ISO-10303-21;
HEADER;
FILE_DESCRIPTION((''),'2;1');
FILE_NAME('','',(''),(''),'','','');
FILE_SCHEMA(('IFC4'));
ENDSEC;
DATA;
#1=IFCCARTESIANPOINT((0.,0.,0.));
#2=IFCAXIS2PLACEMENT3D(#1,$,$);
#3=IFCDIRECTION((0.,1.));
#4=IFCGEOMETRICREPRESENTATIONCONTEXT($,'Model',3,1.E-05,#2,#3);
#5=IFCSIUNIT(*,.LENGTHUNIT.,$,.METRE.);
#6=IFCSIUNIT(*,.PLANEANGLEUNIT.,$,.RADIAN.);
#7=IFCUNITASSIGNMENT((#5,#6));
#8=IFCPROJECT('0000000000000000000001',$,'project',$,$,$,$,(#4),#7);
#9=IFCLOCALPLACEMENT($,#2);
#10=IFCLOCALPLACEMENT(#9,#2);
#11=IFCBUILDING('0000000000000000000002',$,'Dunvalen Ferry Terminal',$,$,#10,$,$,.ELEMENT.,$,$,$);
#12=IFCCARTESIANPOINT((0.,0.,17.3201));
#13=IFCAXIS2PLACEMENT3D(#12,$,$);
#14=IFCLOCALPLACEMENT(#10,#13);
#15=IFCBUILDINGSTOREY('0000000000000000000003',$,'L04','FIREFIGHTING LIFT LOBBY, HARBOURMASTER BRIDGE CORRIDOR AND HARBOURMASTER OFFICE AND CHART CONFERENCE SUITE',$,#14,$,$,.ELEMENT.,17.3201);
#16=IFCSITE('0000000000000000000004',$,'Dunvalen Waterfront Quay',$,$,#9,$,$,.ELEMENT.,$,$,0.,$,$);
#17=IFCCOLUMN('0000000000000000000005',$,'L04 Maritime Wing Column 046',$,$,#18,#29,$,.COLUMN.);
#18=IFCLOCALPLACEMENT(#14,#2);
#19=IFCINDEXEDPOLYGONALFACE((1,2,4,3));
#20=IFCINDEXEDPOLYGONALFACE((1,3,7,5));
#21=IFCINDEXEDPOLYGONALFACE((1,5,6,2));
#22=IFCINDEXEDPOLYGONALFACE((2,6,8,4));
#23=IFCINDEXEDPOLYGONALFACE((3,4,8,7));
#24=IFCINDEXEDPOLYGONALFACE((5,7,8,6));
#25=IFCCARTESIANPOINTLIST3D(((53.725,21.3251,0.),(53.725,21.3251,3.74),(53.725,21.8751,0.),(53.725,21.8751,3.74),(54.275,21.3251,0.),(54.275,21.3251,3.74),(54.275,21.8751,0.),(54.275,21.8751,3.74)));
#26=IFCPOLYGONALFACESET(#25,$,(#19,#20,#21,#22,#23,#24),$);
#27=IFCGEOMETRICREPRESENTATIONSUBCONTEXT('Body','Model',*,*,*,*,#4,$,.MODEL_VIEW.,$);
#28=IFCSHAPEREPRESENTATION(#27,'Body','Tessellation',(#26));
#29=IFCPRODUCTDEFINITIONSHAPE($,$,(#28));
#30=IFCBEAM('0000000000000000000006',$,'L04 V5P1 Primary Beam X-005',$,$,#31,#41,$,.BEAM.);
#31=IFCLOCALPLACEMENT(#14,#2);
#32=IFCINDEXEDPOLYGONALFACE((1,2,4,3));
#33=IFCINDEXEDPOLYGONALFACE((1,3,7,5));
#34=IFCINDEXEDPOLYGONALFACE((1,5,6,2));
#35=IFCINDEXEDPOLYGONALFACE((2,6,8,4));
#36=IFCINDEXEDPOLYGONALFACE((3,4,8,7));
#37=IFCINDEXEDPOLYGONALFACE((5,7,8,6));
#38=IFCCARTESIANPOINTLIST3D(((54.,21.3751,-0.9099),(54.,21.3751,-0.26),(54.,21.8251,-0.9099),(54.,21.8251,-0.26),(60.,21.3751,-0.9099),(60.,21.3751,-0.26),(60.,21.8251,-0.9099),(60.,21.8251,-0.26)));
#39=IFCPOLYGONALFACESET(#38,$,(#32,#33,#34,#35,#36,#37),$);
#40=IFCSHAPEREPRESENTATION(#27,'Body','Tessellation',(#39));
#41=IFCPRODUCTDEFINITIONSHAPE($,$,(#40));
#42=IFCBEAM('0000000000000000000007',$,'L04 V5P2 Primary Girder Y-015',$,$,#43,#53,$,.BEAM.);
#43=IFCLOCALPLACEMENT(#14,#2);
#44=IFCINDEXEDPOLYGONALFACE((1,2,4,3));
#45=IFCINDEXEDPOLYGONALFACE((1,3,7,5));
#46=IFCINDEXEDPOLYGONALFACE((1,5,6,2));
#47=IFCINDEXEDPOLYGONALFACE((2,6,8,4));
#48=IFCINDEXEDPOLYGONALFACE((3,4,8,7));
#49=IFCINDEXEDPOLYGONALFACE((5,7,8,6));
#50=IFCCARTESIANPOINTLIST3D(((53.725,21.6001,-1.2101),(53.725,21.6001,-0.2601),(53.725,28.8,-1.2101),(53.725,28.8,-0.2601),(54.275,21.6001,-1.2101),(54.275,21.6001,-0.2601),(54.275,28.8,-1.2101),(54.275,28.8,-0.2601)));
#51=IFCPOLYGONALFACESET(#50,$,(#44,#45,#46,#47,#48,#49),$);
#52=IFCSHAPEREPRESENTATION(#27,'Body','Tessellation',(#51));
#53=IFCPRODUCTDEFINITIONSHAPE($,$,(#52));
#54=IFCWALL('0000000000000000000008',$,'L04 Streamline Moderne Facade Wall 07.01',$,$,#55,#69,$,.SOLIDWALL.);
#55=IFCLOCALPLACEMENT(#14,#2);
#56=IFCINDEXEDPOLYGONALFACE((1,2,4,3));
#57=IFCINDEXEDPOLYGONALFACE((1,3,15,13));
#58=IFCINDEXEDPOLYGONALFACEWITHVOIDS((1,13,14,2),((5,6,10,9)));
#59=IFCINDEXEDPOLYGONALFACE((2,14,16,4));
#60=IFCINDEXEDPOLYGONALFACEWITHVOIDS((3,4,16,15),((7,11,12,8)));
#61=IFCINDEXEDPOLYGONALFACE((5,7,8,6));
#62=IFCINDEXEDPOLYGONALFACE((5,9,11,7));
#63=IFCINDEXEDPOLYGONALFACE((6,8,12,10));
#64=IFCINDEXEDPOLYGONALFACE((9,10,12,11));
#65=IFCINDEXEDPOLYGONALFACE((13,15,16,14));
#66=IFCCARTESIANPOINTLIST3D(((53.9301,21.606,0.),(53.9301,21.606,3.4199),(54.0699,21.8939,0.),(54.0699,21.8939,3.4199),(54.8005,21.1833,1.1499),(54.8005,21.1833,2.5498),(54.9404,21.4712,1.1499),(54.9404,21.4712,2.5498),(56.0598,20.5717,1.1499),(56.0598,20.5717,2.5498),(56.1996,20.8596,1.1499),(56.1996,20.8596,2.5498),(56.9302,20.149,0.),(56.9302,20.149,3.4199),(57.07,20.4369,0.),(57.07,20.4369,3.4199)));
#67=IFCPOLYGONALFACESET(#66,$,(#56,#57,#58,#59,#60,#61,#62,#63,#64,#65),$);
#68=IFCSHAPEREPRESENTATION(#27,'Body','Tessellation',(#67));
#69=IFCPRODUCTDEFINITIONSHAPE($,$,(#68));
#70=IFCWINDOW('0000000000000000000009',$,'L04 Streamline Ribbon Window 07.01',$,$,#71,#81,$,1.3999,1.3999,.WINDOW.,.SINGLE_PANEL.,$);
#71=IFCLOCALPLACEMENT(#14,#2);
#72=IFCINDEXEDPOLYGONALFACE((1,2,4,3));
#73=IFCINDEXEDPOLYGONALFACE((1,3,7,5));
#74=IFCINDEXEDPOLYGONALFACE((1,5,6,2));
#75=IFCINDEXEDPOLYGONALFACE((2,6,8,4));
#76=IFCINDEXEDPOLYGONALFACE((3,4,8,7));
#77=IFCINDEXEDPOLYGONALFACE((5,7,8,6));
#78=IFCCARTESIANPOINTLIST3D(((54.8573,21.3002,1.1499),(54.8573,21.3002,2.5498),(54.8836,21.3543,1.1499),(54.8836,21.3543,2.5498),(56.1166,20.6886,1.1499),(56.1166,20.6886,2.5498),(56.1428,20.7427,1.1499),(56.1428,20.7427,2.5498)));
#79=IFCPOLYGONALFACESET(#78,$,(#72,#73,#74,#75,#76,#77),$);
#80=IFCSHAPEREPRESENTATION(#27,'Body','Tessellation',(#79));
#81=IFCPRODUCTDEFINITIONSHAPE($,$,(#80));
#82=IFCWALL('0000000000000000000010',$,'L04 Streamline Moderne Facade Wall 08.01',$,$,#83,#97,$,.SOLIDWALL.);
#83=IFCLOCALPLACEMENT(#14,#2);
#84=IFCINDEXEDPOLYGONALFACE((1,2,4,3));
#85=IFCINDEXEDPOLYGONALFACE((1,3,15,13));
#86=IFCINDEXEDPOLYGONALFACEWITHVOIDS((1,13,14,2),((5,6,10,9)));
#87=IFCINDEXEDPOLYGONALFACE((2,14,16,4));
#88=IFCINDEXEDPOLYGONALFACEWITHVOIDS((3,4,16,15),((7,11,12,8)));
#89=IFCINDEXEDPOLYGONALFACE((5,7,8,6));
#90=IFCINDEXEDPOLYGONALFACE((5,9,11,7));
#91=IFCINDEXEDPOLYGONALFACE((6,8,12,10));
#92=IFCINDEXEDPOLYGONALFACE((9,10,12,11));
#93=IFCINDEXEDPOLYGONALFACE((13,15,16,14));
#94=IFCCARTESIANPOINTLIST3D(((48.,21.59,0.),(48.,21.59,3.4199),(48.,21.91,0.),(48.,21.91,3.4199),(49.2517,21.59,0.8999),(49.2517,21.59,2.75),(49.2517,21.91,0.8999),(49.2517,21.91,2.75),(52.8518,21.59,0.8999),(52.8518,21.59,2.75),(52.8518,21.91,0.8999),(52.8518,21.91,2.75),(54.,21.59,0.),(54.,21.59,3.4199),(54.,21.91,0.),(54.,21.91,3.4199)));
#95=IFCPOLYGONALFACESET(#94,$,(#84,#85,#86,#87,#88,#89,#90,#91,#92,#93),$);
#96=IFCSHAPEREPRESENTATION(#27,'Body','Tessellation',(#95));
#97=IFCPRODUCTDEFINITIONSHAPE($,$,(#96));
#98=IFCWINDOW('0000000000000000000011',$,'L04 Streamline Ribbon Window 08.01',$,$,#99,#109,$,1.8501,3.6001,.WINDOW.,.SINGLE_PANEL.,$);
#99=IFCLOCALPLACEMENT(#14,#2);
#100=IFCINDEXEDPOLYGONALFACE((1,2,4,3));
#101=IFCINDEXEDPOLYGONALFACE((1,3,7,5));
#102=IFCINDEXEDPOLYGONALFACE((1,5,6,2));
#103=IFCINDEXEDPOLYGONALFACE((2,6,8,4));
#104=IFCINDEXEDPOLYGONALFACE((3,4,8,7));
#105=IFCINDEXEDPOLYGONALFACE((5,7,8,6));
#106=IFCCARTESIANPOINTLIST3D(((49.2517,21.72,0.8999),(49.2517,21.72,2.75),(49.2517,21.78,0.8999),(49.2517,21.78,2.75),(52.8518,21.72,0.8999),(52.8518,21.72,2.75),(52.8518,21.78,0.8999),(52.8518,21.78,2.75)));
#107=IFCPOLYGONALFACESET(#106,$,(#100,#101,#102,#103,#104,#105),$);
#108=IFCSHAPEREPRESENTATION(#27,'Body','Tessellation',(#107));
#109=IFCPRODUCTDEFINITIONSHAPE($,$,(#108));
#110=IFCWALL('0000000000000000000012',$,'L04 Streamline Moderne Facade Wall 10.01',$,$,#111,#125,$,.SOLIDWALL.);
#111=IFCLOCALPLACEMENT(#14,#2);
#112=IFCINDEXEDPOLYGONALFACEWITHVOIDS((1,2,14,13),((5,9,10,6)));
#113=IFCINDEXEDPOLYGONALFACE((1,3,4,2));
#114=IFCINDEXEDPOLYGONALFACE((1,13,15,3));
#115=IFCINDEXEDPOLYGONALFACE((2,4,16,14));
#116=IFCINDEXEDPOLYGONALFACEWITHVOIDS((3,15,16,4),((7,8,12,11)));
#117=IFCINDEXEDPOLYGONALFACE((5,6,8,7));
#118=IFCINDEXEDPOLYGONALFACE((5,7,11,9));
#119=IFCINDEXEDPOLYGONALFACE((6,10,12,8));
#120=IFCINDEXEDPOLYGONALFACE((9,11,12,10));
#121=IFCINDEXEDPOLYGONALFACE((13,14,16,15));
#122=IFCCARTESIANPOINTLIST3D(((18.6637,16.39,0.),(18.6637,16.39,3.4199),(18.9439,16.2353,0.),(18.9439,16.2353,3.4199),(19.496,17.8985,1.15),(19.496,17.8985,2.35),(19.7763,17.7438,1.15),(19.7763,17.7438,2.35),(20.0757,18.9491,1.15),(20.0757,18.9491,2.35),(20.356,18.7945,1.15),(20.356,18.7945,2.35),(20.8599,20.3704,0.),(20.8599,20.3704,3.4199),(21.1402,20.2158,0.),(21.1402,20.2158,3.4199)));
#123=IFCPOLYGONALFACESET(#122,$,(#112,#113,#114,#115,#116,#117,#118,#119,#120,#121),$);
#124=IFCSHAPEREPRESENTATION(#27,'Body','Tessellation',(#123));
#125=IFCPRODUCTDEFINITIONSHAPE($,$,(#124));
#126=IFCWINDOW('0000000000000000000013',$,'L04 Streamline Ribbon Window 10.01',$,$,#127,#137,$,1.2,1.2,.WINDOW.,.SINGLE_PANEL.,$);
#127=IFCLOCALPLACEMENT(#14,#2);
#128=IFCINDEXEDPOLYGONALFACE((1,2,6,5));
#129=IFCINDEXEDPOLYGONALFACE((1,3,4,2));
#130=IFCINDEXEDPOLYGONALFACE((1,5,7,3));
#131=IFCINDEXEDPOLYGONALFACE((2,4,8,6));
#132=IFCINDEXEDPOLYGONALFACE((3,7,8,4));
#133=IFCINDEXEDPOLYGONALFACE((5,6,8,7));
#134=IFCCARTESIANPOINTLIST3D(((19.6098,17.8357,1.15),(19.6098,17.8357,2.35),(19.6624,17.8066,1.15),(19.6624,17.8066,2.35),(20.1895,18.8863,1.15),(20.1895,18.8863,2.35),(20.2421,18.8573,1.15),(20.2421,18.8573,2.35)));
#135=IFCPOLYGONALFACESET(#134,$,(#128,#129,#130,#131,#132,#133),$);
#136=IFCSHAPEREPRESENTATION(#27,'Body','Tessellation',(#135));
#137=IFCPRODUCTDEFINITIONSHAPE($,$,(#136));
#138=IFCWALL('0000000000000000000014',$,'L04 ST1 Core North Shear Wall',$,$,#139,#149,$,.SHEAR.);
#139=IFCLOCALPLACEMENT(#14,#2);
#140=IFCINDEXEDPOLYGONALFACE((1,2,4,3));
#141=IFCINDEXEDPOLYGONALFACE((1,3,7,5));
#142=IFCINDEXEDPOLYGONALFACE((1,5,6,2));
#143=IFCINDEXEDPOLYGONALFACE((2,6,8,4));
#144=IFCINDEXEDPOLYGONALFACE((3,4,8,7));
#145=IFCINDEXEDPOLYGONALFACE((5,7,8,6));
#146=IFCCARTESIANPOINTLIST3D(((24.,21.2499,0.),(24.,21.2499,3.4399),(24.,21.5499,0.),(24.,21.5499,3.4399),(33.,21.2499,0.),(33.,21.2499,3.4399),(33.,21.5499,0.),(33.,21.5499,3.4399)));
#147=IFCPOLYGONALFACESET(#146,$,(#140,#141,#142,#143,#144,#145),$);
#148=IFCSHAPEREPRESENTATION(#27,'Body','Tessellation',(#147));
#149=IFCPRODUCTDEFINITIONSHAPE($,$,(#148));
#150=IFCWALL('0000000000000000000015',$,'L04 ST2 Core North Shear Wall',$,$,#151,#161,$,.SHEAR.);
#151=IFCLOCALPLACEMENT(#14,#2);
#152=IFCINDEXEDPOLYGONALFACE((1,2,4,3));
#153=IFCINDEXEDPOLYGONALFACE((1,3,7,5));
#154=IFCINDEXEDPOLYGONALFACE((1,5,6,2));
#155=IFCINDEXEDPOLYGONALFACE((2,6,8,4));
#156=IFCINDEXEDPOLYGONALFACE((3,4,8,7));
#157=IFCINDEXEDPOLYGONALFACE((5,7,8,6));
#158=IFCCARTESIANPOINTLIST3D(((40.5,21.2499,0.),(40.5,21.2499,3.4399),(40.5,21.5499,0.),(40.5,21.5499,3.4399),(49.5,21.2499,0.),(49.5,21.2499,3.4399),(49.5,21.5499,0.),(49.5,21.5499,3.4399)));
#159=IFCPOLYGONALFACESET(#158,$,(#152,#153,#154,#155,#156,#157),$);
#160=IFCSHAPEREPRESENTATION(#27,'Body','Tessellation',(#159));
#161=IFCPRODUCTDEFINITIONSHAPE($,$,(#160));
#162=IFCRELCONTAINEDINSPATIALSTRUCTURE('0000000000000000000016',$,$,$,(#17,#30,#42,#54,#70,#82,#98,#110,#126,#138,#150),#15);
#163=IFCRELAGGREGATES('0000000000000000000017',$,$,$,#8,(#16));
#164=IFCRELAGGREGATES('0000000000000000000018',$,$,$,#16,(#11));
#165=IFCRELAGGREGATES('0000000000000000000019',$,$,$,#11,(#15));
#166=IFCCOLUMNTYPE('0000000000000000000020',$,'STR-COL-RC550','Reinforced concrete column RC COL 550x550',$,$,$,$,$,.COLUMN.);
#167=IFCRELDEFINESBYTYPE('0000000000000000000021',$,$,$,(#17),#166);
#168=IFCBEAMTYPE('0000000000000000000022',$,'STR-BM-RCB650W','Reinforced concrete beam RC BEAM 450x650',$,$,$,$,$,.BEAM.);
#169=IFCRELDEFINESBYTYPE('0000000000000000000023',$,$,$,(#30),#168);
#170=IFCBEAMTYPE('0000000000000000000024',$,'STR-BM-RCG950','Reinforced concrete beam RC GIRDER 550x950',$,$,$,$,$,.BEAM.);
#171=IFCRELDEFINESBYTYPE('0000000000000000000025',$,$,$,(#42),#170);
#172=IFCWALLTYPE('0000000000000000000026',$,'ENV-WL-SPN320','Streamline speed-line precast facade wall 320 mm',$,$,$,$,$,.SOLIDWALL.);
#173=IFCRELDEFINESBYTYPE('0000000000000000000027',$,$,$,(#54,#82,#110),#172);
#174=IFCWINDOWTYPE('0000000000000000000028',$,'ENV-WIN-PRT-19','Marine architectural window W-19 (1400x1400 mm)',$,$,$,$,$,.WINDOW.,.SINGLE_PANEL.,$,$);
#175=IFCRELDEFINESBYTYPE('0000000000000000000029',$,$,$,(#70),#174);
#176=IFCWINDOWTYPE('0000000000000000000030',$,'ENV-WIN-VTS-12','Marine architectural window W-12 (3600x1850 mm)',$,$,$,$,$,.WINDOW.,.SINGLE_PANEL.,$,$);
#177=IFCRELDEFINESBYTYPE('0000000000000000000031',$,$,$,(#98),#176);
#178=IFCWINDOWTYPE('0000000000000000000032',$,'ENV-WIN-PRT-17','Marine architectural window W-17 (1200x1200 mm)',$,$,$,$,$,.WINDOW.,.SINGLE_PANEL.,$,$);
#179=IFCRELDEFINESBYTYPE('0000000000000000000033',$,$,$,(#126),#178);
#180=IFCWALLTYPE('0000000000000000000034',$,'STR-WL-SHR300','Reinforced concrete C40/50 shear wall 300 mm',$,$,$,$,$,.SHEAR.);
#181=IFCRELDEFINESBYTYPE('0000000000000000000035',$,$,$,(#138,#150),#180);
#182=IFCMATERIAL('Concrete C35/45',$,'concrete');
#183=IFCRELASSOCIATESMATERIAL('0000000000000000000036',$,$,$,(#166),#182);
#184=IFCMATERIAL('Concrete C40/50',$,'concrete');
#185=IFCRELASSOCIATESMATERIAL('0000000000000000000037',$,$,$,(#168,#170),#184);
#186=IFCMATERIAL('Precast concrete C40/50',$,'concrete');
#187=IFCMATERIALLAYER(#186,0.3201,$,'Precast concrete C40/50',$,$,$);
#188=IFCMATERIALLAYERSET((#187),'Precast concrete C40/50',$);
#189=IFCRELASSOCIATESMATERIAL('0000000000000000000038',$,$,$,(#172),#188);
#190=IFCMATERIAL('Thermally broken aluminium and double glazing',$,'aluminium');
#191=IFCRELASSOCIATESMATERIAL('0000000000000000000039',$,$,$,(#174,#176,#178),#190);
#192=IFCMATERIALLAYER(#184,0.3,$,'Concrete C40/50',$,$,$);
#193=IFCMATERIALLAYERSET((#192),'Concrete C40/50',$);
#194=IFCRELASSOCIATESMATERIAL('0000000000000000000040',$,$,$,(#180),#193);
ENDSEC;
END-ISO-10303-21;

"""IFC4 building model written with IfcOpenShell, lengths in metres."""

from ifc_helpers import new_model, si_unit, direction, frame, frame_2d, origin, origin_2d, place, context, subcontext, project, spatial, rectangle, extrude, material, layer, layer_set, material_profile, profile_set, type_object, element, fill, save


model = new_model("IFC4")

# Units and contexts
model_context = context("Model", 3, precision=1e-05, world=origin(), true_north=direction((0.0, 1.0)))
body_context = subcontext(model_context, "Body", "Model", "MODEL_VIEW")
ifc_project = project(units=[si_unit("LENGTHUNIT", "METRE"), si_unit("PLANEANGLEUNIT", "RADIAN")], contexts=[model_context])

# Site, building, storey
site_placement = place(None, origin())
site = spatial("IfcSite", under=ifc_project, at=site_placement, Name="Dunvalen Waterfront Quay", CompositionType="ELEMENT", RefElevation=0.0)
building_placement = place(site_placement, origin())
building = spatial("IfcBuilding", under=site, at=building_placement, Name="Dunvalen Ferry Terminal", CompositionType="ELEMENT")
storey_placement = place(building_placement, frame((0.0, 0.0, 17.3201)))
storey = spatial("IfcBuildingStorey", under=building, at=storey_placement, Name="L04", Description="FIREFIGHTING LIFT LOBBY, HARBOURMASTER BRIDGE CORRIDOR AND HARBOURMASTER OFFICE AND CHART CONFERENCE SUITE", CompositionType="ELEMENT", Elevation=17.3201)

# Column
ifc_material_1 = material(Name="Concrete C35/45", Category="concrete")
ifc_material_profile_1 = material_profile(ifc_material_1, rectangle(XDim=0.55, YDim=0.55, at=origin_2d()), Name="Concrete C35/45")
ifc_profile_set_1 = profile_set([ifc_material_profile_1], Name="Concrete C35/45")
column_type = type_object("IfcColumnType", Name="STR-COL-RC550", Description="Reinforced concrete column RC COL 550x550", PredefinedType="COLUMN", material=ifc_profile_set_1)
column_placement = place(storey_placement, frame((54.0, 21.6001, 0.0), z_axis=(0.0, 0.0, 1.0), x_axis=(1.0, 0.0, 0.0)))
element("IfcColumn", 1, at=column_placement, inside=storey, type_object=column_type, Name="L04 Maritime Wing Column 046", PredefinedType="COLUMN", context=body_context, shape_type="SweptSolid", body=[
    extrude(rectangle(XDim=0.55, YDim=0.55, at=origin_2d()), origin(), (0.0, 0.0, 1.0), 3.74),
])

# Beams
ifc_material_2 = material(Name="Concrete C40/50", Category="concrete")
ifc_material_profile_2 = material_profile(ifc_material_2, rectangle(XDim=0.45, YDim=0.6499, at=origin_2d()), Name="Concrete C40/50")
ifc_profile_set_2 = profile_set([ifc_material_profile_2], Name="Concrete C40/50")
beam_type_1 = type_object("IfcBeamType", Name="STR-BM-RCB650W", Description="Reinforced concrete beam RC BEAM 450x650", PredefinedType="BEAM", material=ifc_profile_set_2)
beam_1_placement = place(storey_placement, frame((54.0, 21.6001, -0.585), z_axis=(1.0, 0.0, 0.0), x_axis=(0.0, 1.0, 0.0)))
element("IfcBeam", 2, at=beam_1_placement, inside=storey, type_object=beam_type_1, Name="L04 V5P1 Primary Beam X-005", PredefinedType="BEAM", context=body_context, shape_type="SweptSolid", body=[
    extrude(rectangle(XDim=0.45, YDim=0.6499, at=origin_2d()), origin(), (0.0, 0.0, 1.0), 6.0),
])
ifc_material_profile_3 = material_profile(ifc_material_2, rectangle(XDim=0.55, YDim=0.95, at=origin_2d()), Name="Concrete C40/50")
ifc_profile_set_3 = profile_set([ifc_material_profile_3], Name="Concrete C40/50")
beam_type_2 = type_object("IfcBeamType", Name="STR-BM-RCG950", Description="Reinforced concrete beam RC GIRDER 550x950", PredefinedType="BEAM", material=ifc_profile_set_3)
beam_2_placement = place(storey_placement, frame((54.0, 21.6001, -0.7351), z_axis=(0.0, 1.0, 0.0), x_axis=(-1.0, 0.0, 0.0)))
element("IfcBeam", 3, at=beam_2_placement, inside=storey, type_object=beam_type_2, Name="L04 V5P2 Primary Girder Y-015", PredefinedType="BEAM", context=body_context, shape_type="SweptSolid", body=[
    extrude(rectangle(XDim=0.55, YDim=0.95, at=origin_2d()), origin(), (0.0, 0.0, 1.0), 7.2),
])

# Walls, openings, windows
ifc_material_3 = material(Name="Precast concrete C40/50", Category="concrete")
ifc_layer_1 = layer(ifc_material_3, 0.3201, Name="Precast concrete C40/50")
ifc_layer_set_1 = layer_set([ifc_layer_1], Name="Precast concrete C40/50")
wall_type_1 = type_object("IfcWallType", Name="ENV-WL-SPN320", Description="Streamline speed-line precast facade wall 320 mm", PredefinedType="SOLIDWALL", material=ifc_layer_set_1)
wall_1_placement = place(storey_placement, frame((57.0, 20.293, 0.0), z_axis=(0.0, 0.0, 1.0), x_axis=(-0.899521, 0.436877, 0.0)))
wall_1 = element("IfcWall", 4, at=wall_1_placement, inside=storey, type_object=wall_type_1, Name="L04 Streamline Moderne Facade Wall 07.01", PredefinedType="SOLIDWALL", context=body_context, shape_type="SweptSolid", body=[
    extrude(rectangle(XDim=3.3352, YDim=0.3201, at=frame_2d((1.6675, 0.0))), origin(), (0.0, 0.0, 1.0), 3.4199),
])
opening_1_placement = place(wall_1_placement, frame((0.9675, 0.0, 1.1499)))
opening_1 = element("IfcOpeningElement", 5, at=opening_1_placement, cuts=wall_1, PredefinedType="OPENING", context=body_context, shape_type="SweptSolid", body=[
    extrude(rectangle(XDim=1.3999, YDim=1.3999, at=frame_2d((0.7, 0.7))), frame((0.0, 0.1699, 0.0), z_axis=(0.0, -1.0, 0.0), x_axis=(1.0, 0.0, 0.0)), (0.0, 0.0, 1.0), 0.3401),
])
ifc_material_4 = material(Name="Thermally broken aluminium and double glazing", Category="aluminium")
window_type_1 = type_object("IfcWindowType", Name="ENV-WIN-PRT-19", Description="Marine architectural window W-19 (1400x1400 mm)", PartitioningType="SINGLE_PANEL", PredefinedType="WINDOW", material=ifc_material_4)
window_1_placement = place(opening_1_placement, origin())
window_1 = element("IfcWindow", 6, at=window_1_placement, inside=storey, type_object=window_type_1, Name="L04 Streamline Ribbon Window 07.01", OverallHeight=1.3999, OverallWidth=1.3999, PartitioningType="SINGLE_PANEL", PredefinedType="WINDOW", context=body_context, shape_type="SweptSolid", body=[
    extrude(rectangle(XDim=1.3999, YDim=1.3999, at=frame_2d((0.7, 0.7))), frame((0.0, 0.03, 0.0), z_axis=(0.0, -1.0, 0.0), x_axis=(1.0, 0.0, 0.0)), (0.0, 0.0, 1.0), 0.0601),
])
fill(opening_1, window_1)
wall_2_placement = place(storey_placement, frame((54.0, 21.75, 0.0), z_axis=(0.0, 0.0, 1.0), x_axis=(-1.0, 0.0, 0.0)))
wall_2 = element("IfcWall", 7, at=wall_2_placement, inside=storey, type_object=wall_type_1, Name="L04 Streamline Moderne Facade Wall 08.01", PredefinedType="SOLIDWALL", context=body_context, shape_type="SweptSolid", body=[
    extrude(rectangle(XDim=6.0, YDim=0.3201, at=frame_2d((3.0, 0.0))), origin(), (0.0, 0.0, 1.0), 3.4199),
])
opening_2_placement = place(wall_2_placement, frame((1.1482, 0.0, 0.8999)))
opening_2 = element("IfcOpeningElement", 8, at=opening_2_placement, cuts=wall_2, PredefinedType="OPENING", context=body_context, shape_type="SweptSolid", body=[
    extrude(rectangle(XDim=3.6001, YDim=1.8501, at=frame_2d((1.8, 0.925))), frame((0.0, 0.1699, 0.0), z_axis=(0.0, -1.0, 0.0), x_axis=(1.0, 0.0, 0.0)), (0.0, 0.0, 1.0), 0.3401),
])
window_type_2 = type_object("IfcWindowType", Name="ENV-WIN-VTS-12", Description="Marine architectural window W-12 (3600x1850 mm)", PartitioningType="SINGLE_PANEL", PredefinedType="WINDOW", material=ifc_material_4)
window_2_placement = place(opening_2_placement, origin())
window_2 = element("IfcWindow", 9, at=window_2_placement, inside=storey, type_object=window_type_2, Name="L04 Streamline Ribbon Window 08.01", OverallHeight=1.8501, OverallWidth=3.6001, PartitioningType="SINGLE_PANEL", PredefinedType="WINDOW", context=body_context, shape_type="SweptSolid", body=[
    extrude(rectangle(XDim=3.6001, YDim=1.8501, at=frame_2d((1.8, 0.925))), frame((0.0, 0.03, 0.0), z_axis=(0.0, -1.0, 0.0), x_axis=(1.0, 0.0, 0.0)), (0.0, 0.0, 1.0), 0.0601),
])
fill(opening_2, window_2)
wall_3_placement = place(storey_placement, frame((21.0, 20.293, 0.0), z_axis=(0.0, 0.0, 1.0), x_axis=(-0.483106, -0.875562, 0.0)))
wall_3 = element("IfcWall", 10, at=wall_3_placement, inside=storey, type_object=wall_type_1, Name="L04 Streamline Moderne Facade Wall 10.01", PredefinedType="SOLIDWALL", context=body_context, shape_type="SweptSolid", body=[
    extrude(rectangle(XDim=4.5461, YDim=0.3201, at=frame_2d((2.2729, 0.0))), origin(), (0.0, 0.0, 1.0), 3.4199),
])
opening_3_placement = place(wall_3_placement, frame((1.623, 0.0, 1.1499)))
opening_3 = element("IfcOpeningElement", 11, at=opening_3_placement, cuts=wall_3, PredefinedType="OPENING", context=body_context, shape_type="SweptSolid", body=[
    extrude(rectangle(XDim=1.2, YDim=1.2, at=frame_2d((0.6001, 0.6001))), frame((0.0, 0.1699, 0.0), z_axis=(0.0, -1.0, 0.0), x_axis=(1.0, 0.0, 0.0)), (0.0, 0.0, 1.0), 0.3401),
])
window_type_3 = type_object("IfcWindowType", Name="ENV-WIN-PRT-17", Description="Marine architectural window W-17 (1200x1200 mm)", PartitioningType="SINGLE_PANEL", PredefinedType="WINDOW", material=ifc_material_4)
window_3_placement = place(opening_3_placement, origin())
window_3 = element("IfcWindow", 12, at=window_3_placement, inside=storey, type_object=window_type_3, Name="L04 Streamline Ribbon Window 10.01", OverallHeight=1.2, OverallWidth=1.2, PartitioningType="SINGLE_PANEL", PredefinedType="WINDOW", context=body_context, shape_type="SweptSolid", body=[
    extrude(rectangle(XDim=1.2, YDim=1.2, at=frame_2d((0.6001, 0.6001))), frame((0.0, 0.03, 0.0), z_axis=(0.0, -1.0, 0.0), x_axis=(1.0, 0.0, 0.0)), (0.0, 0.0, 1.0), 0.0601),
])
fill(opening_3, window_3)

# Walls
ifc_layer_2 = layer(ifc_material_2, 0.3, Name="Concrete C40/50")
ifc_layer_set_2 = layer_set([ifc_layer_2], Name="Concrete C40/50")
wall_type_2 = type_object("IfcWallType", Name="STR-WL-SHR300", Description="Reinforced concrete C40/50 shear wall 300 mm", PredefinedType="SHEAR", material=ifc_layer_set_2)
for number, where, z_axis, x_axis, name in (
    (13, (24.0, 21.3999, 0.0), (0.0, 0.0, 1.0), (1.0, 0.0, 0.0), "L04 ST1 Core North Shear Wall"),
    (14, (40.5, 21.3999, 0.0), (0.0, 0.0, 1.0), (1.0, 0.0, 0.0), "L04 ST2 Core North Shear Wall"),
):
    element("IfcWall", number, at=place(storey_placement, frame(where, z_axis=z_axis, x_axis=x_axis)), inside=storey, type_object=wall_type_2, Name=name, PredefinedType="SHEAR", context=body_context, shape_type="SweptSolid", body=[
        extrude(rectangle(XDim=9.0, YDim=0.3, at=frame_2d((4.5, 0.0))), origin(), (0.0, 0.0, 1.0), 3.4399),
    ])

save(model, "model.ifc")
